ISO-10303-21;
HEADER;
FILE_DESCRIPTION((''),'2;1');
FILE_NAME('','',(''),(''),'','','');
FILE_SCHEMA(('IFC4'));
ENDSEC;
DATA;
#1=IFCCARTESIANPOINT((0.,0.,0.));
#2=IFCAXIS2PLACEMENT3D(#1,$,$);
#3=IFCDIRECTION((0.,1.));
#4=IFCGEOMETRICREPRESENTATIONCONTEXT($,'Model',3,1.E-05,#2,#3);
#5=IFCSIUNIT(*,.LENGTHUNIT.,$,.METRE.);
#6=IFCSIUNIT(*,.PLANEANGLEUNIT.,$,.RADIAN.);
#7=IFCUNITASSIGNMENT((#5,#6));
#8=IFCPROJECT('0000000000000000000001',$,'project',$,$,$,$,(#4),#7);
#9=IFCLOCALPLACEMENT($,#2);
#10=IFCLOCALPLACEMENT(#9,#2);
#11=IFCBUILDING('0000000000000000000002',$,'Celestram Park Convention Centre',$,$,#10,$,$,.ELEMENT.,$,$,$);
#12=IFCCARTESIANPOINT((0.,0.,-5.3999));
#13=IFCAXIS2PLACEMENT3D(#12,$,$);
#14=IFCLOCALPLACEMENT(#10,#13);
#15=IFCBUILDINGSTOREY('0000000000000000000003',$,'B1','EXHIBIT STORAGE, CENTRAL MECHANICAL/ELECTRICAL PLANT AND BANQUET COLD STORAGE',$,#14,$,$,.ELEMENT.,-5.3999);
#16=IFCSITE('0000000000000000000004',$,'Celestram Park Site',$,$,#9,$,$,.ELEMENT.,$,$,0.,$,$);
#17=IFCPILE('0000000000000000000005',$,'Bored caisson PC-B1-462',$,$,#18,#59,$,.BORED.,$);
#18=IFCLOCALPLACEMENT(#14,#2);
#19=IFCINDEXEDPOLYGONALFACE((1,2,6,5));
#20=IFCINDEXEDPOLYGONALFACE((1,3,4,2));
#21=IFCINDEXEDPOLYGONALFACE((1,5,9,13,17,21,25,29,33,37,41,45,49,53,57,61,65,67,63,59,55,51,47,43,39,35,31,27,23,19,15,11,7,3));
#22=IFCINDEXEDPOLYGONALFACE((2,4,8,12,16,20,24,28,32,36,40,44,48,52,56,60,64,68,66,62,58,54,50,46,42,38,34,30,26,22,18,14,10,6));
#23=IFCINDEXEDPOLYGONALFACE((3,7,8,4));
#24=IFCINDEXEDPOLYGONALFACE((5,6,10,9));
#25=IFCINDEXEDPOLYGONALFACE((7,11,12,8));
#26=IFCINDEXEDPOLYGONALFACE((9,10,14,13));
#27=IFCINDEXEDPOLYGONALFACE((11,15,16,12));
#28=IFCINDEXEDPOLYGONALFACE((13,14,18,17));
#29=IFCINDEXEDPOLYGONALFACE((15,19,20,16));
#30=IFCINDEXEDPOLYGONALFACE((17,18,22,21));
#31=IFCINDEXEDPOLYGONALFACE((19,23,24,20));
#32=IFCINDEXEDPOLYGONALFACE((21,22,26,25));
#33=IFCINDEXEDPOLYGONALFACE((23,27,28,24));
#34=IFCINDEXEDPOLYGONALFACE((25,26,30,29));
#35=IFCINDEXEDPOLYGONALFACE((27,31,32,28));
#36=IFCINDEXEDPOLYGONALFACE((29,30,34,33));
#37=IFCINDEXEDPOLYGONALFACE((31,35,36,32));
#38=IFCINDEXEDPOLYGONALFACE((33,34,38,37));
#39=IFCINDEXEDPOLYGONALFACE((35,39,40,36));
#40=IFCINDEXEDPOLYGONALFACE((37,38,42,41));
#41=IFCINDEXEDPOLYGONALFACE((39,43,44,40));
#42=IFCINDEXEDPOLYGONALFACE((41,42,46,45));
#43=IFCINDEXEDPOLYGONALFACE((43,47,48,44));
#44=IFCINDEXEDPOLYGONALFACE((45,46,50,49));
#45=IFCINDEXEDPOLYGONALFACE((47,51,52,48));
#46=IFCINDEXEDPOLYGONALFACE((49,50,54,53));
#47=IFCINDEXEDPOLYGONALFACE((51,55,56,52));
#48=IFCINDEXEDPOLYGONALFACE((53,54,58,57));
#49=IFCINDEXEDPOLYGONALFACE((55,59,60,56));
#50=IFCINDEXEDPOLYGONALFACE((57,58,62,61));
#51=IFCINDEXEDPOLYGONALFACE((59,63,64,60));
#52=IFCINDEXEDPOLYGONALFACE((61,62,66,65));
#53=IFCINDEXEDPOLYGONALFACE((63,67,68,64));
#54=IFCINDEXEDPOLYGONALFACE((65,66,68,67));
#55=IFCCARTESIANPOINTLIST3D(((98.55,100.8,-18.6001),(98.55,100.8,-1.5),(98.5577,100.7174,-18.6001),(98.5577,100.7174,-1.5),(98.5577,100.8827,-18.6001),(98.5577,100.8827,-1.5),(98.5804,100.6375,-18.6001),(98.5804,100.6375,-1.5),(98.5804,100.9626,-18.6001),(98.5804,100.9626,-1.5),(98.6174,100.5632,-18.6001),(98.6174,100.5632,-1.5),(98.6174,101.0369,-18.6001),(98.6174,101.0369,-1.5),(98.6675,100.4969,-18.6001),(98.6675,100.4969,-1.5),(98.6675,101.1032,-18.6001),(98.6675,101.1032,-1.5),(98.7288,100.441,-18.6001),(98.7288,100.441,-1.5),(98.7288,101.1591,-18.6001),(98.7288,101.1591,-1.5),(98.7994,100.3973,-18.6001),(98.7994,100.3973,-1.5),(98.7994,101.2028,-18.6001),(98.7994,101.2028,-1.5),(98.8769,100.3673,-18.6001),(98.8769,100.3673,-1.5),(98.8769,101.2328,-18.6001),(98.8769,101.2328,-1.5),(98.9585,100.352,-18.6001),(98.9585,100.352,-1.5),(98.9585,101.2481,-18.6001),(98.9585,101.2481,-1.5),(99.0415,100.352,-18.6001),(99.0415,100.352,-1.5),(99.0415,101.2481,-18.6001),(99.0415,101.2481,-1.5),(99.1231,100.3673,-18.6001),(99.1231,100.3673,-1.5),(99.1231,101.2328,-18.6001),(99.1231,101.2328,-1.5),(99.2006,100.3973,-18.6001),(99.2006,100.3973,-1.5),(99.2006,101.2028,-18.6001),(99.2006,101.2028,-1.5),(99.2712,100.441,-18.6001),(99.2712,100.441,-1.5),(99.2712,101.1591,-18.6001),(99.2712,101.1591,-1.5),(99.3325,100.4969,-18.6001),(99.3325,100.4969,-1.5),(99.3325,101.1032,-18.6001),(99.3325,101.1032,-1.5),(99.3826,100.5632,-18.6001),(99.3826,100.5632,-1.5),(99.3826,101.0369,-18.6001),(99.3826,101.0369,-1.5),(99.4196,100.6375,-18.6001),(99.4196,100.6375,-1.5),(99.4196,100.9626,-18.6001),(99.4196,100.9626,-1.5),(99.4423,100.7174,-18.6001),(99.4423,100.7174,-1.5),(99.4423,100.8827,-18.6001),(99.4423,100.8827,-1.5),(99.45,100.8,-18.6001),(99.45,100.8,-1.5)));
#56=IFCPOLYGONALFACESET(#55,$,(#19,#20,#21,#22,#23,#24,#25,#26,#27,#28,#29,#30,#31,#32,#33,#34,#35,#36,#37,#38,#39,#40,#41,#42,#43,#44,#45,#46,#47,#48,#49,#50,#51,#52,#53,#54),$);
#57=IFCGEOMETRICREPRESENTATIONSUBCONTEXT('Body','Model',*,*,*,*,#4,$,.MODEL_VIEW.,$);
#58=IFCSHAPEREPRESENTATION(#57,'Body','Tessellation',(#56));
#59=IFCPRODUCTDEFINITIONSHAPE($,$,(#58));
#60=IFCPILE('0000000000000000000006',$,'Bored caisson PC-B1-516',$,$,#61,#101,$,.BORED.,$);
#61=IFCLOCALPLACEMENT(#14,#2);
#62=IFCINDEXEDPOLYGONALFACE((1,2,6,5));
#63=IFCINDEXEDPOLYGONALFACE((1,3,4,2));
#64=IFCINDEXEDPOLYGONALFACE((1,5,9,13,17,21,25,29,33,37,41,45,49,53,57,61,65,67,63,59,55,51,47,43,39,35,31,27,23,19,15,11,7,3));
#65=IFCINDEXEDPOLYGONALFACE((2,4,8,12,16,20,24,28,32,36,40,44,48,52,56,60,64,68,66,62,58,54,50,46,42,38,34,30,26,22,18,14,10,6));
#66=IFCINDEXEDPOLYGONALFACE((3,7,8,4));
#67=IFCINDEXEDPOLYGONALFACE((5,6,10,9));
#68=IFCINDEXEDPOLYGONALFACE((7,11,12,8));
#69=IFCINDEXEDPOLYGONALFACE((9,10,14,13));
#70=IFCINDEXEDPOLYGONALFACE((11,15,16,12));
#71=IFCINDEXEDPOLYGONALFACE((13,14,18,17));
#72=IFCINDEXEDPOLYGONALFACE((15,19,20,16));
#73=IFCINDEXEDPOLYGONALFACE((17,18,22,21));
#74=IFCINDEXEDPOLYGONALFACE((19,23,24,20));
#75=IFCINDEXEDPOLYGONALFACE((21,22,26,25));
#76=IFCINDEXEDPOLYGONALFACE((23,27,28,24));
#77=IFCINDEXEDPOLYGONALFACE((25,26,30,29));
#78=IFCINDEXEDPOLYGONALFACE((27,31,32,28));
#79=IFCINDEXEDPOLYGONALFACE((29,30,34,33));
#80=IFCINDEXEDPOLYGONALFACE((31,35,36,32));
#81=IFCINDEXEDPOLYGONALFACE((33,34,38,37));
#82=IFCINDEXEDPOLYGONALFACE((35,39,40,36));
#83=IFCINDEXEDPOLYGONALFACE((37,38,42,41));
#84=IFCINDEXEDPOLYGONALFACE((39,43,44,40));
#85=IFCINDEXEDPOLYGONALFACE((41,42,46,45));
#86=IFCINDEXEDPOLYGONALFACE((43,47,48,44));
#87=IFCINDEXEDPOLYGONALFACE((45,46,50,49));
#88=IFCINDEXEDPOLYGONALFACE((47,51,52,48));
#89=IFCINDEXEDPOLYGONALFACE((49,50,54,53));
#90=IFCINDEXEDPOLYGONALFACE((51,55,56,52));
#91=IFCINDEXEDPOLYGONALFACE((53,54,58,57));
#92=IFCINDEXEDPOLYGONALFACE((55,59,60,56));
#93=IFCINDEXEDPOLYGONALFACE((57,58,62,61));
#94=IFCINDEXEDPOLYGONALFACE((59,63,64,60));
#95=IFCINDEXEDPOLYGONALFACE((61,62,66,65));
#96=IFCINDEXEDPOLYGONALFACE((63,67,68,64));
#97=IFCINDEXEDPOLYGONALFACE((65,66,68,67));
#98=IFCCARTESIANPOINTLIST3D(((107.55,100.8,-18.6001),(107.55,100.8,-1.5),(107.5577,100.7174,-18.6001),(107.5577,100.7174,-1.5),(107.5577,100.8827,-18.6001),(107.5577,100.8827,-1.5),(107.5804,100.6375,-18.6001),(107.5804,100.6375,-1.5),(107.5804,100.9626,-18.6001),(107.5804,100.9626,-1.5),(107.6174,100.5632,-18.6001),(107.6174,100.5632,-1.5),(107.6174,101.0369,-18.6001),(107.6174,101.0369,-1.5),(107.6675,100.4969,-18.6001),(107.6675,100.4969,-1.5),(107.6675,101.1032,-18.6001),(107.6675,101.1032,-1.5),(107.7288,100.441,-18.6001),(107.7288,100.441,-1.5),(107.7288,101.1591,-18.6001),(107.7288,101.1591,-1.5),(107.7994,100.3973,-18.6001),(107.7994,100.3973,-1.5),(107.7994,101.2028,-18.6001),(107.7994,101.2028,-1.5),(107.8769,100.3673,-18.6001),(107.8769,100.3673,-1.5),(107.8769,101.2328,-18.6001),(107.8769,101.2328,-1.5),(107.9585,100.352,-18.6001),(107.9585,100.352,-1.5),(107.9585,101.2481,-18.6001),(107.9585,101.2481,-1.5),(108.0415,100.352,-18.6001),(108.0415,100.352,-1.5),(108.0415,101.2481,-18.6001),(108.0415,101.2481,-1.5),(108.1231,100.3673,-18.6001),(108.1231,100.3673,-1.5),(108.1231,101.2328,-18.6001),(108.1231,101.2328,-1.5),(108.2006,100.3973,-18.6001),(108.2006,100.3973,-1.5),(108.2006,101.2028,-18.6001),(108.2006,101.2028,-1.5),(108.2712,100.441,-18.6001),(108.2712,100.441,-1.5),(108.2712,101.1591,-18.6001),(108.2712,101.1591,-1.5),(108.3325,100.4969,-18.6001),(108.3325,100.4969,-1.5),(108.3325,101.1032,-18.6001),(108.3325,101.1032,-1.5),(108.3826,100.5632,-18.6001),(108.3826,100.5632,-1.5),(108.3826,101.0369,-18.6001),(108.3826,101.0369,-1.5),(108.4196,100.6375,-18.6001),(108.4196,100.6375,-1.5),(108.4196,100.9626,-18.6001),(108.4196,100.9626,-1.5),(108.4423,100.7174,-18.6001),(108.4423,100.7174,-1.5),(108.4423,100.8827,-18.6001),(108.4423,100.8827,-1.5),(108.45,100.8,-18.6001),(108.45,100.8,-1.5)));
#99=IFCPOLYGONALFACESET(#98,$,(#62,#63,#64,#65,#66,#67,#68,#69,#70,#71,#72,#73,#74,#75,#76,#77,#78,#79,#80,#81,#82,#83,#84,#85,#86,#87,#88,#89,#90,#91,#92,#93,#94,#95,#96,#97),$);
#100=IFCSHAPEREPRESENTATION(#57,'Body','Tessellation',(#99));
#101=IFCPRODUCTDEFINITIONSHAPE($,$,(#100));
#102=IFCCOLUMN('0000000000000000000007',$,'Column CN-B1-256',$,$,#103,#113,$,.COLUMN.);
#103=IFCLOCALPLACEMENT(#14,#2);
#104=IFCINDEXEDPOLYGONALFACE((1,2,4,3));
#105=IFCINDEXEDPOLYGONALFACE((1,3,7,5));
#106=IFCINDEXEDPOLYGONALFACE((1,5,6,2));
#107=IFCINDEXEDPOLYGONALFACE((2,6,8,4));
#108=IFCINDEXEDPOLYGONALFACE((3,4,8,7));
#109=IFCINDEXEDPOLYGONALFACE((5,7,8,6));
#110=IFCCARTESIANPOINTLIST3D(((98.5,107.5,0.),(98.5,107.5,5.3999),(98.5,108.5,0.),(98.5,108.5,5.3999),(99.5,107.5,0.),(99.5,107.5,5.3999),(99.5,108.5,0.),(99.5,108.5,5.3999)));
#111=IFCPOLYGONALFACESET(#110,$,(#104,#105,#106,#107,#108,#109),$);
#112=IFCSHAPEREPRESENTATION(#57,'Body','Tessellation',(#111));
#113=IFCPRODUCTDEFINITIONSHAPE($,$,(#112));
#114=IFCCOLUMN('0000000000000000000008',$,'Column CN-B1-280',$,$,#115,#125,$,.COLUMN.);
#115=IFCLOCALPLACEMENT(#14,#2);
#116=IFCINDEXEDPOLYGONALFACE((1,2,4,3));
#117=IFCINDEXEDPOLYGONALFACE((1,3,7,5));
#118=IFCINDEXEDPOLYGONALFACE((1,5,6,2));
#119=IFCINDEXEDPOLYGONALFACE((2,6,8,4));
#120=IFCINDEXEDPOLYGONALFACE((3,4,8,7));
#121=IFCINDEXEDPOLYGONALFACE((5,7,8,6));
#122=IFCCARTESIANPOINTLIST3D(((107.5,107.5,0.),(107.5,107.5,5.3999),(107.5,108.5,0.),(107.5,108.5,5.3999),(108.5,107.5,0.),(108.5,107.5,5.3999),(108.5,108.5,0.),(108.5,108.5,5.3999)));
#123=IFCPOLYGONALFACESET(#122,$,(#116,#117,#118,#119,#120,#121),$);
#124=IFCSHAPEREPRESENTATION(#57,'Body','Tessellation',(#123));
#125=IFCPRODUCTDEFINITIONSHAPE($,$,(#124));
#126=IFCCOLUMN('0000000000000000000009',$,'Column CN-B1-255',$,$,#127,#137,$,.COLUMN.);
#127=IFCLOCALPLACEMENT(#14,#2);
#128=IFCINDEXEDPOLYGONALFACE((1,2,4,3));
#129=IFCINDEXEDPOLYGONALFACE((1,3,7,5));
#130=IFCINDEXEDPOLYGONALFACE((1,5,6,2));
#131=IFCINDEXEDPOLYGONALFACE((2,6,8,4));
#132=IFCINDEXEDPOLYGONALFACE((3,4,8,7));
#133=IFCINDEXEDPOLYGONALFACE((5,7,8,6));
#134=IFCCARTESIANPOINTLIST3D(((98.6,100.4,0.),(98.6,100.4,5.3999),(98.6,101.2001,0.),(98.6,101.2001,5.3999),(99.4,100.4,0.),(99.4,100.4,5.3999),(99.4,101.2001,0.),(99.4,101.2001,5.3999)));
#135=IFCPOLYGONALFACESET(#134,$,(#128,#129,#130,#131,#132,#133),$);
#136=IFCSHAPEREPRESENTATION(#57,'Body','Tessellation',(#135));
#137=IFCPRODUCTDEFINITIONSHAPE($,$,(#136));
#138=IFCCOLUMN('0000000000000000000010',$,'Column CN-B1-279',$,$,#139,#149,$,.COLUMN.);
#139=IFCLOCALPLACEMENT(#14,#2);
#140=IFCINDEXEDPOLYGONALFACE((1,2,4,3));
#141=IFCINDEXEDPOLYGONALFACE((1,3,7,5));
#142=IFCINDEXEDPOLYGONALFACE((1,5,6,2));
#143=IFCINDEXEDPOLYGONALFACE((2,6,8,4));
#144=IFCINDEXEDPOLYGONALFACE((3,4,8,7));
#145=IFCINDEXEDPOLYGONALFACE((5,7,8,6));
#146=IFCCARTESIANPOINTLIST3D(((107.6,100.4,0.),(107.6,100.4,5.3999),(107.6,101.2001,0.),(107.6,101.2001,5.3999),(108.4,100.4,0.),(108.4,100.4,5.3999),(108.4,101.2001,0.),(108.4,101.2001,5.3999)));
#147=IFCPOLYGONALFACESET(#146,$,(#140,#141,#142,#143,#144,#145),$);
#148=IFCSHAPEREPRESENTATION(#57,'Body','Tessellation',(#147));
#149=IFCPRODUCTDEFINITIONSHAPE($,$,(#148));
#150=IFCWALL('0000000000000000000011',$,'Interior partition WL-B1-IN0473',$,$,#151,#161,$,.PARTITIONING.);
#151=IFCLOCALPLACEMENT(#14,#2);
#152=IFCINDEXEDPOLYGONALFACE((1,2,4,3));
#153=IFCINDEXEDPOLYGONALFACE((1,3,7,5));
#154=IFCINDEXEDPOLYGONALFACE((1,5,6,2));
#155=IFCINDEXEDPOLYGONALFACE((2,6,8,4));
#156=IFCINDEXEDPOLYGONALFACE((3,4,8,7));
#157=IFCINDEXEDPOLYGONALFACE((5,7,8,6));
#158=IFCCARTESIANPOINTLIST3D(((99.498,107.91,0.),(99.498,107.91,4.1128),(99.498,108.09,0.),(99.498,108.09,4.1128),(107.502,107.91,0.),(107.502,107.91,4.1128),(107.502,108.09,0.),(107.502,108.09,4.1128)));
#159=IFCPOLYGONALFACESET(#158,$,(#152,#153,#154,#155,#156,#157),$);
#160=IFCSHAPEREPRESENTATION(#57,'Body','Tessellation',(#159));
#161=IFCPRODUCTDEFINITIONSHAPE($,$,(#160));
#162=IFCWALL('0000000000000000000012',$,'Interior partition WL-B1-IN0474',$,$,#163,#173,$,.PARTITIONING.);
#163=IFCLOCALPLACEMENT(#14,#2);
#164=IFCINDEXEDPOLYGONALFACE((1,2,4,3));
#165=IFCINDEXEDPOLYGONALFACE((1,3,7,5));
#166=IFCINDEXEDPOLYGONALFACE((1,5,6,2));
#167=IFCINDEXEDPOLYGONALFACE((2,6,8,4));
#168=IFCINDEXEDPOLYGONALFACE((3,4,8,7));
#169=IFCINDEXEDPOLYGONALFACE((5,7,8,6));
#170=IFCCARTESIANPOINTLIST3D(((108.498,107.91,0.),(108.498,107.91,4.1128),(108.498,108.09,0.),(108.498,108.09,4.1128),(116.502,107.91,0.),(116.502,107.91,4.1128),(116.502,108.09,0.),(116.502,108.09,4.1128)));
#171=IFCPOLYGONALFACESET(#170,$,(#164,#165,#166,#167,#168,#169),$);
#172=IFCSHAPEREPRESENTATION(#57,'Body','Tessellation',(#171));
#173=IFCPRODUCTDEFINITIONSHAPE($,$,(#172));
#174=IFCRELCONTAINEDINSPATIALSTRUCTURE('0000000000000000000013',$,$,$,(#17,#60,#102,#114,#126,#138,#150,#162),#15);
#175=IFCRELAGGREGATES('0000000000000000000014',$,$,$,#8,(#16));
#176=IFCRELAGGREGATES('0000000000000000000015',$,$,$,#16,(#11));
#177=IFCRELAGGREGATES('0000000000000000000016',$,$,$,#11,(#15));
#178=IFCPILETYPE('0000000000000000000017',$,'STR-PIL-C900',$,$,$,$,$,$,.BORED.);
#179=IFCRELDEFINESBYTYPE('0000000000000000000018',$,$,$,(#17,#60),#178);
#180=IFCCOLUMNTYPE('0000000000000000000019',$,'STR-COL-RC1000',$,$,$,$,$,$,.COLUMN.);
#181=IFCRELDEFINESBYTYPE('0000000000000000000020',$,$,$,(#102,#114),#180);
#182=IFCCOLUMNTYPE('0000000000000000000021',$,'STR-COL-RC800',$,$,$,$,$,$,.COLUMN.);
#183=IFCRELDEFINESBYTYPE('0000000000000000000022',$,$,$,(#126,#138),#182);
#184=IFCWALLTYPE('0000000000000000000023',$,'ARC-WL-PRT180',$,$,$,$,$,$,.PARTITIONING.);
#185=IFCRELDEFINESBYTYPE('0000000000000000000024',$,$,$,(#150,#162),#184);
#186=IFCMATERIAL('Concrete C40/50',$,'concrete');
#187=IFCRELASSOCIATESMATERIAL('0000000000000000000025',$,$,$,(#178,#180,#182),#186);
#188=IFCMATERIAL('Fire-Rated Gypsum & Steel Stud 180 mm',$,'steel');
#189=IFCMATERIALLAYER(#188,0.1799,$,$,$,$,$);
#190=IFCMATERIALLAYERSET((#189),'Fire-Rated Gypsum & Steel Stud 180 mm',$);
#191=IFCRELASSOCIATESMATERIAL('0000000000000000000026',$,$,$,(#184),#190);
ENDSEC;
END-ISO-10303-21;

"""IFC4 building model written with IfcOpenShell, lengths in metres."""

from ifc_helpers import new_model, si_unit, direction, frame, frame_2d, origin, origin_2d, place, context, subcontext, project, spatial, rectangle, circle, extrude, material, layer, layer_set, material_profile, profile_set, type_object, element, save


model = new_model("IFC4")

# Units and contexts
model_context = context("Model", 3, precision=1e-05, world=origin(), true_north=direction((0.0, 1.0)))
body_context = subcontext(model_context, "Body", "Model", "MODEL_VIEW")
ifc_project = project(units=[si_unit("LENGTHUNIT", "METRE"), si_unit("PLANEANGLEUNIT", "RADIAN")], contexts=[model_context])

# Site, building, storey
site_placement = place(None, origin())
site = spatial("IfcSite", under=ifc_project, at=site_placement, Name="Celestram Park Site", CompositionType="ELEMENT", RefElevation=0.0)
building_placement = place(site_placement, origin())
building = spatial("IfcBuilding", under=site, at=building_placement, Name="Celestram Park Convention Centre", CompositionType="ELEMENT")
storey_placement = place(building_placement, frame((0.0, 0.0, -5.3999)))
storey = spatial("IfcBuildingStorey", under=building, at=storey_placement, Name="B1", Description="EXHIBIT STORAGE, CENTRAL MECHANICAL/ELECTRICAL PLANT AND BANQUET COLD STORAGE", CompositionType="ELEMENT", Elevation=-5.3999)

# Shared definitions
ifc_material_1 = material(Name="Concrete C40/50", Category="concrete")

# Piles
ifc_material_profile_1 = material_profile(ifc_material_1, circle(Radius=0.45, at=origin_2d()), Name="CAISSON900")
ifc_profile_set_1 = profile_set([ifc_material_profile_1], Name="Concrete C40/50")
pile_type_1 = type_object("IfcPileType", Name="STR-PIL-C900", PredefinedType="BORED", material=ifc_profile_set_1)
for number, where, z_axis, x_axis, name in (
    (1, (99.0, 100.8, -1.5), (0.0, 0.0, -1.0), (1.0, 0.0, 0.0), "Bored caisson PC-B1-462"),
    (2, (108.0, 100.8, -1.5), (0.0, 0.0, -1.0), (1.0, 0.0, 0.0), "Bored caisson PC-B1-516"),
):
    element("IfcPile", number, at=place(storey_placement, frame(where, z_axis=z_axis, x_axis=x_axis)), inside=storey, type_object=pile_type_1, Name=name, PredefinedType="BORED", context=body_context, shape_type="SweptSolid", body=[
        extrude(circle(Radius=0.45, at=origin_2d()), origin(), (0.0, 0.0, 1.0), 17.1001),
    ])

# Columns
ifc_material_profile_2 = material_profile(ifc_material_1, rectangle(XDim=1.0, YDim=1.0, at=origin_2d()), Name="RC1000X1000")
ifc_profile_set_2 = profile_set([ifc_material_profile_2], Name="Concrete C40/50")
column_type_1 = type_object("IfcColumnType", Name="STR-COL-RC1000", PredefinedType="COLUMN", material=ifc_profile_set_2)
for number, where, z_axis, x_axis, name in (
    (3, (99.0, 108.0, 0.0), (0.0, 0.0, 1.0), (1.0, 0.0, 0.0), "Column CN-B1-256"),
    (4, (108.0, 108.0, 0.0), (0.0, 0.0, 1.0), (1.0, 0.0, 0.0), "Column CN-B1-280"),
):
    element("IfcColumn", number, at=place(storey_placement, frame(where, z_axis=z_axis, x_axis=x_axis)), inside=storey, type_object=column_type_1, Name=name, PredefinedType="COLUMN", context=body_context, shape_type="SweptSolid", body=[
        extrude(rectangle(XDim=1.0, YDim=1.0, at=origin_2d()), origin(), (0.0, 0.0, 1.0), 5.3999),
    ])
ifc_material_profile_3 = material_profile(ifc_material_1, rectangle(XDim=0.8, YDim=0.8, at=origin_2d()), Name="RC800X800")
ifc_profile_set_3 = profile_set([ifc_material_profile_3], Name="Concrete C40/50")
column_type_2 = type_object("IfcColumnType", Name="STR-COL-RC800", PredefinedType="COLUMN", material=ifc_profile_set_3)
for number, where, z_axis, x_axis, name in (
    (5, (99.0, 100.8, 0.0), (0.0, 0.0, 1.0), (1.0, 0.0, 0.0), "Column CN-B1-255"),
    (6, (108.0, 100.8, 0.0), (0.0, 0.0, 1.0), (1.0, 0.0, 0.0), "Column CN-B1-279"),
):
    element("IfcColumn", number, at=place(storey_placement, frame(where, z_axis=z_axis, x_axis=x_axis)), inside=storey, type_object=column_type_2, Name=name, PredefinedType="COLUMN", context=body_context, shape_type="SweptSolid", body=[
        extrude(rectangle(XDim=0.8, YDim=0.8, at=origin_2d()), origin(), (0.0, 0.0, 1.0), 5.3999),
    ])

# Walls
ifc_material_2 = material(Name="Fire-Rated Gypsum & Steel Stud 180 mm", Category="steel")
ifc_layer = layer(ifc_material_2, 0.1799)
ifc_layer_set = layer_set([ifc_layer], Name="Fire-Rated Gypsum & Steel Stud 180 mm")
wall_type = type_object("IfcWallType", Name="ARC-WL-PRT180", PredefinedType="PARTITIONING", material=ifc_layer_set)
for number, where, z_axis, x_axis, name in (
    (7, (99.498, 108.0, 0.0), (0.0, 0.0, 1.0), (1.0, 0.0, 0.0), "Interior partition WL-B1-IN0473"),
    (8, (108.498, 108.0, 0.0), (0.0, 0.0, 1.0), (1.0, 0.0, 0.0), "Interior partition WL-B1-IN0474"),
):
    element("IfcWall", number, at=place(storey_placement, frame(where, z_axis=z_axis, x_axis=x_axis)), inside=storey, type_object=wall_type, Name=name, PredefinedType="PARTITIONING", context=body_context, shape_type="SweptSolid", body=[
        extrude(rectangle(XDim=8.0039, YDim=0.1799, at=frame_2d((4.002, 0.0))), origin(), (0.0, 0.0, 1.0), 4.1128),
    ])

save(model, "model.ifc")
